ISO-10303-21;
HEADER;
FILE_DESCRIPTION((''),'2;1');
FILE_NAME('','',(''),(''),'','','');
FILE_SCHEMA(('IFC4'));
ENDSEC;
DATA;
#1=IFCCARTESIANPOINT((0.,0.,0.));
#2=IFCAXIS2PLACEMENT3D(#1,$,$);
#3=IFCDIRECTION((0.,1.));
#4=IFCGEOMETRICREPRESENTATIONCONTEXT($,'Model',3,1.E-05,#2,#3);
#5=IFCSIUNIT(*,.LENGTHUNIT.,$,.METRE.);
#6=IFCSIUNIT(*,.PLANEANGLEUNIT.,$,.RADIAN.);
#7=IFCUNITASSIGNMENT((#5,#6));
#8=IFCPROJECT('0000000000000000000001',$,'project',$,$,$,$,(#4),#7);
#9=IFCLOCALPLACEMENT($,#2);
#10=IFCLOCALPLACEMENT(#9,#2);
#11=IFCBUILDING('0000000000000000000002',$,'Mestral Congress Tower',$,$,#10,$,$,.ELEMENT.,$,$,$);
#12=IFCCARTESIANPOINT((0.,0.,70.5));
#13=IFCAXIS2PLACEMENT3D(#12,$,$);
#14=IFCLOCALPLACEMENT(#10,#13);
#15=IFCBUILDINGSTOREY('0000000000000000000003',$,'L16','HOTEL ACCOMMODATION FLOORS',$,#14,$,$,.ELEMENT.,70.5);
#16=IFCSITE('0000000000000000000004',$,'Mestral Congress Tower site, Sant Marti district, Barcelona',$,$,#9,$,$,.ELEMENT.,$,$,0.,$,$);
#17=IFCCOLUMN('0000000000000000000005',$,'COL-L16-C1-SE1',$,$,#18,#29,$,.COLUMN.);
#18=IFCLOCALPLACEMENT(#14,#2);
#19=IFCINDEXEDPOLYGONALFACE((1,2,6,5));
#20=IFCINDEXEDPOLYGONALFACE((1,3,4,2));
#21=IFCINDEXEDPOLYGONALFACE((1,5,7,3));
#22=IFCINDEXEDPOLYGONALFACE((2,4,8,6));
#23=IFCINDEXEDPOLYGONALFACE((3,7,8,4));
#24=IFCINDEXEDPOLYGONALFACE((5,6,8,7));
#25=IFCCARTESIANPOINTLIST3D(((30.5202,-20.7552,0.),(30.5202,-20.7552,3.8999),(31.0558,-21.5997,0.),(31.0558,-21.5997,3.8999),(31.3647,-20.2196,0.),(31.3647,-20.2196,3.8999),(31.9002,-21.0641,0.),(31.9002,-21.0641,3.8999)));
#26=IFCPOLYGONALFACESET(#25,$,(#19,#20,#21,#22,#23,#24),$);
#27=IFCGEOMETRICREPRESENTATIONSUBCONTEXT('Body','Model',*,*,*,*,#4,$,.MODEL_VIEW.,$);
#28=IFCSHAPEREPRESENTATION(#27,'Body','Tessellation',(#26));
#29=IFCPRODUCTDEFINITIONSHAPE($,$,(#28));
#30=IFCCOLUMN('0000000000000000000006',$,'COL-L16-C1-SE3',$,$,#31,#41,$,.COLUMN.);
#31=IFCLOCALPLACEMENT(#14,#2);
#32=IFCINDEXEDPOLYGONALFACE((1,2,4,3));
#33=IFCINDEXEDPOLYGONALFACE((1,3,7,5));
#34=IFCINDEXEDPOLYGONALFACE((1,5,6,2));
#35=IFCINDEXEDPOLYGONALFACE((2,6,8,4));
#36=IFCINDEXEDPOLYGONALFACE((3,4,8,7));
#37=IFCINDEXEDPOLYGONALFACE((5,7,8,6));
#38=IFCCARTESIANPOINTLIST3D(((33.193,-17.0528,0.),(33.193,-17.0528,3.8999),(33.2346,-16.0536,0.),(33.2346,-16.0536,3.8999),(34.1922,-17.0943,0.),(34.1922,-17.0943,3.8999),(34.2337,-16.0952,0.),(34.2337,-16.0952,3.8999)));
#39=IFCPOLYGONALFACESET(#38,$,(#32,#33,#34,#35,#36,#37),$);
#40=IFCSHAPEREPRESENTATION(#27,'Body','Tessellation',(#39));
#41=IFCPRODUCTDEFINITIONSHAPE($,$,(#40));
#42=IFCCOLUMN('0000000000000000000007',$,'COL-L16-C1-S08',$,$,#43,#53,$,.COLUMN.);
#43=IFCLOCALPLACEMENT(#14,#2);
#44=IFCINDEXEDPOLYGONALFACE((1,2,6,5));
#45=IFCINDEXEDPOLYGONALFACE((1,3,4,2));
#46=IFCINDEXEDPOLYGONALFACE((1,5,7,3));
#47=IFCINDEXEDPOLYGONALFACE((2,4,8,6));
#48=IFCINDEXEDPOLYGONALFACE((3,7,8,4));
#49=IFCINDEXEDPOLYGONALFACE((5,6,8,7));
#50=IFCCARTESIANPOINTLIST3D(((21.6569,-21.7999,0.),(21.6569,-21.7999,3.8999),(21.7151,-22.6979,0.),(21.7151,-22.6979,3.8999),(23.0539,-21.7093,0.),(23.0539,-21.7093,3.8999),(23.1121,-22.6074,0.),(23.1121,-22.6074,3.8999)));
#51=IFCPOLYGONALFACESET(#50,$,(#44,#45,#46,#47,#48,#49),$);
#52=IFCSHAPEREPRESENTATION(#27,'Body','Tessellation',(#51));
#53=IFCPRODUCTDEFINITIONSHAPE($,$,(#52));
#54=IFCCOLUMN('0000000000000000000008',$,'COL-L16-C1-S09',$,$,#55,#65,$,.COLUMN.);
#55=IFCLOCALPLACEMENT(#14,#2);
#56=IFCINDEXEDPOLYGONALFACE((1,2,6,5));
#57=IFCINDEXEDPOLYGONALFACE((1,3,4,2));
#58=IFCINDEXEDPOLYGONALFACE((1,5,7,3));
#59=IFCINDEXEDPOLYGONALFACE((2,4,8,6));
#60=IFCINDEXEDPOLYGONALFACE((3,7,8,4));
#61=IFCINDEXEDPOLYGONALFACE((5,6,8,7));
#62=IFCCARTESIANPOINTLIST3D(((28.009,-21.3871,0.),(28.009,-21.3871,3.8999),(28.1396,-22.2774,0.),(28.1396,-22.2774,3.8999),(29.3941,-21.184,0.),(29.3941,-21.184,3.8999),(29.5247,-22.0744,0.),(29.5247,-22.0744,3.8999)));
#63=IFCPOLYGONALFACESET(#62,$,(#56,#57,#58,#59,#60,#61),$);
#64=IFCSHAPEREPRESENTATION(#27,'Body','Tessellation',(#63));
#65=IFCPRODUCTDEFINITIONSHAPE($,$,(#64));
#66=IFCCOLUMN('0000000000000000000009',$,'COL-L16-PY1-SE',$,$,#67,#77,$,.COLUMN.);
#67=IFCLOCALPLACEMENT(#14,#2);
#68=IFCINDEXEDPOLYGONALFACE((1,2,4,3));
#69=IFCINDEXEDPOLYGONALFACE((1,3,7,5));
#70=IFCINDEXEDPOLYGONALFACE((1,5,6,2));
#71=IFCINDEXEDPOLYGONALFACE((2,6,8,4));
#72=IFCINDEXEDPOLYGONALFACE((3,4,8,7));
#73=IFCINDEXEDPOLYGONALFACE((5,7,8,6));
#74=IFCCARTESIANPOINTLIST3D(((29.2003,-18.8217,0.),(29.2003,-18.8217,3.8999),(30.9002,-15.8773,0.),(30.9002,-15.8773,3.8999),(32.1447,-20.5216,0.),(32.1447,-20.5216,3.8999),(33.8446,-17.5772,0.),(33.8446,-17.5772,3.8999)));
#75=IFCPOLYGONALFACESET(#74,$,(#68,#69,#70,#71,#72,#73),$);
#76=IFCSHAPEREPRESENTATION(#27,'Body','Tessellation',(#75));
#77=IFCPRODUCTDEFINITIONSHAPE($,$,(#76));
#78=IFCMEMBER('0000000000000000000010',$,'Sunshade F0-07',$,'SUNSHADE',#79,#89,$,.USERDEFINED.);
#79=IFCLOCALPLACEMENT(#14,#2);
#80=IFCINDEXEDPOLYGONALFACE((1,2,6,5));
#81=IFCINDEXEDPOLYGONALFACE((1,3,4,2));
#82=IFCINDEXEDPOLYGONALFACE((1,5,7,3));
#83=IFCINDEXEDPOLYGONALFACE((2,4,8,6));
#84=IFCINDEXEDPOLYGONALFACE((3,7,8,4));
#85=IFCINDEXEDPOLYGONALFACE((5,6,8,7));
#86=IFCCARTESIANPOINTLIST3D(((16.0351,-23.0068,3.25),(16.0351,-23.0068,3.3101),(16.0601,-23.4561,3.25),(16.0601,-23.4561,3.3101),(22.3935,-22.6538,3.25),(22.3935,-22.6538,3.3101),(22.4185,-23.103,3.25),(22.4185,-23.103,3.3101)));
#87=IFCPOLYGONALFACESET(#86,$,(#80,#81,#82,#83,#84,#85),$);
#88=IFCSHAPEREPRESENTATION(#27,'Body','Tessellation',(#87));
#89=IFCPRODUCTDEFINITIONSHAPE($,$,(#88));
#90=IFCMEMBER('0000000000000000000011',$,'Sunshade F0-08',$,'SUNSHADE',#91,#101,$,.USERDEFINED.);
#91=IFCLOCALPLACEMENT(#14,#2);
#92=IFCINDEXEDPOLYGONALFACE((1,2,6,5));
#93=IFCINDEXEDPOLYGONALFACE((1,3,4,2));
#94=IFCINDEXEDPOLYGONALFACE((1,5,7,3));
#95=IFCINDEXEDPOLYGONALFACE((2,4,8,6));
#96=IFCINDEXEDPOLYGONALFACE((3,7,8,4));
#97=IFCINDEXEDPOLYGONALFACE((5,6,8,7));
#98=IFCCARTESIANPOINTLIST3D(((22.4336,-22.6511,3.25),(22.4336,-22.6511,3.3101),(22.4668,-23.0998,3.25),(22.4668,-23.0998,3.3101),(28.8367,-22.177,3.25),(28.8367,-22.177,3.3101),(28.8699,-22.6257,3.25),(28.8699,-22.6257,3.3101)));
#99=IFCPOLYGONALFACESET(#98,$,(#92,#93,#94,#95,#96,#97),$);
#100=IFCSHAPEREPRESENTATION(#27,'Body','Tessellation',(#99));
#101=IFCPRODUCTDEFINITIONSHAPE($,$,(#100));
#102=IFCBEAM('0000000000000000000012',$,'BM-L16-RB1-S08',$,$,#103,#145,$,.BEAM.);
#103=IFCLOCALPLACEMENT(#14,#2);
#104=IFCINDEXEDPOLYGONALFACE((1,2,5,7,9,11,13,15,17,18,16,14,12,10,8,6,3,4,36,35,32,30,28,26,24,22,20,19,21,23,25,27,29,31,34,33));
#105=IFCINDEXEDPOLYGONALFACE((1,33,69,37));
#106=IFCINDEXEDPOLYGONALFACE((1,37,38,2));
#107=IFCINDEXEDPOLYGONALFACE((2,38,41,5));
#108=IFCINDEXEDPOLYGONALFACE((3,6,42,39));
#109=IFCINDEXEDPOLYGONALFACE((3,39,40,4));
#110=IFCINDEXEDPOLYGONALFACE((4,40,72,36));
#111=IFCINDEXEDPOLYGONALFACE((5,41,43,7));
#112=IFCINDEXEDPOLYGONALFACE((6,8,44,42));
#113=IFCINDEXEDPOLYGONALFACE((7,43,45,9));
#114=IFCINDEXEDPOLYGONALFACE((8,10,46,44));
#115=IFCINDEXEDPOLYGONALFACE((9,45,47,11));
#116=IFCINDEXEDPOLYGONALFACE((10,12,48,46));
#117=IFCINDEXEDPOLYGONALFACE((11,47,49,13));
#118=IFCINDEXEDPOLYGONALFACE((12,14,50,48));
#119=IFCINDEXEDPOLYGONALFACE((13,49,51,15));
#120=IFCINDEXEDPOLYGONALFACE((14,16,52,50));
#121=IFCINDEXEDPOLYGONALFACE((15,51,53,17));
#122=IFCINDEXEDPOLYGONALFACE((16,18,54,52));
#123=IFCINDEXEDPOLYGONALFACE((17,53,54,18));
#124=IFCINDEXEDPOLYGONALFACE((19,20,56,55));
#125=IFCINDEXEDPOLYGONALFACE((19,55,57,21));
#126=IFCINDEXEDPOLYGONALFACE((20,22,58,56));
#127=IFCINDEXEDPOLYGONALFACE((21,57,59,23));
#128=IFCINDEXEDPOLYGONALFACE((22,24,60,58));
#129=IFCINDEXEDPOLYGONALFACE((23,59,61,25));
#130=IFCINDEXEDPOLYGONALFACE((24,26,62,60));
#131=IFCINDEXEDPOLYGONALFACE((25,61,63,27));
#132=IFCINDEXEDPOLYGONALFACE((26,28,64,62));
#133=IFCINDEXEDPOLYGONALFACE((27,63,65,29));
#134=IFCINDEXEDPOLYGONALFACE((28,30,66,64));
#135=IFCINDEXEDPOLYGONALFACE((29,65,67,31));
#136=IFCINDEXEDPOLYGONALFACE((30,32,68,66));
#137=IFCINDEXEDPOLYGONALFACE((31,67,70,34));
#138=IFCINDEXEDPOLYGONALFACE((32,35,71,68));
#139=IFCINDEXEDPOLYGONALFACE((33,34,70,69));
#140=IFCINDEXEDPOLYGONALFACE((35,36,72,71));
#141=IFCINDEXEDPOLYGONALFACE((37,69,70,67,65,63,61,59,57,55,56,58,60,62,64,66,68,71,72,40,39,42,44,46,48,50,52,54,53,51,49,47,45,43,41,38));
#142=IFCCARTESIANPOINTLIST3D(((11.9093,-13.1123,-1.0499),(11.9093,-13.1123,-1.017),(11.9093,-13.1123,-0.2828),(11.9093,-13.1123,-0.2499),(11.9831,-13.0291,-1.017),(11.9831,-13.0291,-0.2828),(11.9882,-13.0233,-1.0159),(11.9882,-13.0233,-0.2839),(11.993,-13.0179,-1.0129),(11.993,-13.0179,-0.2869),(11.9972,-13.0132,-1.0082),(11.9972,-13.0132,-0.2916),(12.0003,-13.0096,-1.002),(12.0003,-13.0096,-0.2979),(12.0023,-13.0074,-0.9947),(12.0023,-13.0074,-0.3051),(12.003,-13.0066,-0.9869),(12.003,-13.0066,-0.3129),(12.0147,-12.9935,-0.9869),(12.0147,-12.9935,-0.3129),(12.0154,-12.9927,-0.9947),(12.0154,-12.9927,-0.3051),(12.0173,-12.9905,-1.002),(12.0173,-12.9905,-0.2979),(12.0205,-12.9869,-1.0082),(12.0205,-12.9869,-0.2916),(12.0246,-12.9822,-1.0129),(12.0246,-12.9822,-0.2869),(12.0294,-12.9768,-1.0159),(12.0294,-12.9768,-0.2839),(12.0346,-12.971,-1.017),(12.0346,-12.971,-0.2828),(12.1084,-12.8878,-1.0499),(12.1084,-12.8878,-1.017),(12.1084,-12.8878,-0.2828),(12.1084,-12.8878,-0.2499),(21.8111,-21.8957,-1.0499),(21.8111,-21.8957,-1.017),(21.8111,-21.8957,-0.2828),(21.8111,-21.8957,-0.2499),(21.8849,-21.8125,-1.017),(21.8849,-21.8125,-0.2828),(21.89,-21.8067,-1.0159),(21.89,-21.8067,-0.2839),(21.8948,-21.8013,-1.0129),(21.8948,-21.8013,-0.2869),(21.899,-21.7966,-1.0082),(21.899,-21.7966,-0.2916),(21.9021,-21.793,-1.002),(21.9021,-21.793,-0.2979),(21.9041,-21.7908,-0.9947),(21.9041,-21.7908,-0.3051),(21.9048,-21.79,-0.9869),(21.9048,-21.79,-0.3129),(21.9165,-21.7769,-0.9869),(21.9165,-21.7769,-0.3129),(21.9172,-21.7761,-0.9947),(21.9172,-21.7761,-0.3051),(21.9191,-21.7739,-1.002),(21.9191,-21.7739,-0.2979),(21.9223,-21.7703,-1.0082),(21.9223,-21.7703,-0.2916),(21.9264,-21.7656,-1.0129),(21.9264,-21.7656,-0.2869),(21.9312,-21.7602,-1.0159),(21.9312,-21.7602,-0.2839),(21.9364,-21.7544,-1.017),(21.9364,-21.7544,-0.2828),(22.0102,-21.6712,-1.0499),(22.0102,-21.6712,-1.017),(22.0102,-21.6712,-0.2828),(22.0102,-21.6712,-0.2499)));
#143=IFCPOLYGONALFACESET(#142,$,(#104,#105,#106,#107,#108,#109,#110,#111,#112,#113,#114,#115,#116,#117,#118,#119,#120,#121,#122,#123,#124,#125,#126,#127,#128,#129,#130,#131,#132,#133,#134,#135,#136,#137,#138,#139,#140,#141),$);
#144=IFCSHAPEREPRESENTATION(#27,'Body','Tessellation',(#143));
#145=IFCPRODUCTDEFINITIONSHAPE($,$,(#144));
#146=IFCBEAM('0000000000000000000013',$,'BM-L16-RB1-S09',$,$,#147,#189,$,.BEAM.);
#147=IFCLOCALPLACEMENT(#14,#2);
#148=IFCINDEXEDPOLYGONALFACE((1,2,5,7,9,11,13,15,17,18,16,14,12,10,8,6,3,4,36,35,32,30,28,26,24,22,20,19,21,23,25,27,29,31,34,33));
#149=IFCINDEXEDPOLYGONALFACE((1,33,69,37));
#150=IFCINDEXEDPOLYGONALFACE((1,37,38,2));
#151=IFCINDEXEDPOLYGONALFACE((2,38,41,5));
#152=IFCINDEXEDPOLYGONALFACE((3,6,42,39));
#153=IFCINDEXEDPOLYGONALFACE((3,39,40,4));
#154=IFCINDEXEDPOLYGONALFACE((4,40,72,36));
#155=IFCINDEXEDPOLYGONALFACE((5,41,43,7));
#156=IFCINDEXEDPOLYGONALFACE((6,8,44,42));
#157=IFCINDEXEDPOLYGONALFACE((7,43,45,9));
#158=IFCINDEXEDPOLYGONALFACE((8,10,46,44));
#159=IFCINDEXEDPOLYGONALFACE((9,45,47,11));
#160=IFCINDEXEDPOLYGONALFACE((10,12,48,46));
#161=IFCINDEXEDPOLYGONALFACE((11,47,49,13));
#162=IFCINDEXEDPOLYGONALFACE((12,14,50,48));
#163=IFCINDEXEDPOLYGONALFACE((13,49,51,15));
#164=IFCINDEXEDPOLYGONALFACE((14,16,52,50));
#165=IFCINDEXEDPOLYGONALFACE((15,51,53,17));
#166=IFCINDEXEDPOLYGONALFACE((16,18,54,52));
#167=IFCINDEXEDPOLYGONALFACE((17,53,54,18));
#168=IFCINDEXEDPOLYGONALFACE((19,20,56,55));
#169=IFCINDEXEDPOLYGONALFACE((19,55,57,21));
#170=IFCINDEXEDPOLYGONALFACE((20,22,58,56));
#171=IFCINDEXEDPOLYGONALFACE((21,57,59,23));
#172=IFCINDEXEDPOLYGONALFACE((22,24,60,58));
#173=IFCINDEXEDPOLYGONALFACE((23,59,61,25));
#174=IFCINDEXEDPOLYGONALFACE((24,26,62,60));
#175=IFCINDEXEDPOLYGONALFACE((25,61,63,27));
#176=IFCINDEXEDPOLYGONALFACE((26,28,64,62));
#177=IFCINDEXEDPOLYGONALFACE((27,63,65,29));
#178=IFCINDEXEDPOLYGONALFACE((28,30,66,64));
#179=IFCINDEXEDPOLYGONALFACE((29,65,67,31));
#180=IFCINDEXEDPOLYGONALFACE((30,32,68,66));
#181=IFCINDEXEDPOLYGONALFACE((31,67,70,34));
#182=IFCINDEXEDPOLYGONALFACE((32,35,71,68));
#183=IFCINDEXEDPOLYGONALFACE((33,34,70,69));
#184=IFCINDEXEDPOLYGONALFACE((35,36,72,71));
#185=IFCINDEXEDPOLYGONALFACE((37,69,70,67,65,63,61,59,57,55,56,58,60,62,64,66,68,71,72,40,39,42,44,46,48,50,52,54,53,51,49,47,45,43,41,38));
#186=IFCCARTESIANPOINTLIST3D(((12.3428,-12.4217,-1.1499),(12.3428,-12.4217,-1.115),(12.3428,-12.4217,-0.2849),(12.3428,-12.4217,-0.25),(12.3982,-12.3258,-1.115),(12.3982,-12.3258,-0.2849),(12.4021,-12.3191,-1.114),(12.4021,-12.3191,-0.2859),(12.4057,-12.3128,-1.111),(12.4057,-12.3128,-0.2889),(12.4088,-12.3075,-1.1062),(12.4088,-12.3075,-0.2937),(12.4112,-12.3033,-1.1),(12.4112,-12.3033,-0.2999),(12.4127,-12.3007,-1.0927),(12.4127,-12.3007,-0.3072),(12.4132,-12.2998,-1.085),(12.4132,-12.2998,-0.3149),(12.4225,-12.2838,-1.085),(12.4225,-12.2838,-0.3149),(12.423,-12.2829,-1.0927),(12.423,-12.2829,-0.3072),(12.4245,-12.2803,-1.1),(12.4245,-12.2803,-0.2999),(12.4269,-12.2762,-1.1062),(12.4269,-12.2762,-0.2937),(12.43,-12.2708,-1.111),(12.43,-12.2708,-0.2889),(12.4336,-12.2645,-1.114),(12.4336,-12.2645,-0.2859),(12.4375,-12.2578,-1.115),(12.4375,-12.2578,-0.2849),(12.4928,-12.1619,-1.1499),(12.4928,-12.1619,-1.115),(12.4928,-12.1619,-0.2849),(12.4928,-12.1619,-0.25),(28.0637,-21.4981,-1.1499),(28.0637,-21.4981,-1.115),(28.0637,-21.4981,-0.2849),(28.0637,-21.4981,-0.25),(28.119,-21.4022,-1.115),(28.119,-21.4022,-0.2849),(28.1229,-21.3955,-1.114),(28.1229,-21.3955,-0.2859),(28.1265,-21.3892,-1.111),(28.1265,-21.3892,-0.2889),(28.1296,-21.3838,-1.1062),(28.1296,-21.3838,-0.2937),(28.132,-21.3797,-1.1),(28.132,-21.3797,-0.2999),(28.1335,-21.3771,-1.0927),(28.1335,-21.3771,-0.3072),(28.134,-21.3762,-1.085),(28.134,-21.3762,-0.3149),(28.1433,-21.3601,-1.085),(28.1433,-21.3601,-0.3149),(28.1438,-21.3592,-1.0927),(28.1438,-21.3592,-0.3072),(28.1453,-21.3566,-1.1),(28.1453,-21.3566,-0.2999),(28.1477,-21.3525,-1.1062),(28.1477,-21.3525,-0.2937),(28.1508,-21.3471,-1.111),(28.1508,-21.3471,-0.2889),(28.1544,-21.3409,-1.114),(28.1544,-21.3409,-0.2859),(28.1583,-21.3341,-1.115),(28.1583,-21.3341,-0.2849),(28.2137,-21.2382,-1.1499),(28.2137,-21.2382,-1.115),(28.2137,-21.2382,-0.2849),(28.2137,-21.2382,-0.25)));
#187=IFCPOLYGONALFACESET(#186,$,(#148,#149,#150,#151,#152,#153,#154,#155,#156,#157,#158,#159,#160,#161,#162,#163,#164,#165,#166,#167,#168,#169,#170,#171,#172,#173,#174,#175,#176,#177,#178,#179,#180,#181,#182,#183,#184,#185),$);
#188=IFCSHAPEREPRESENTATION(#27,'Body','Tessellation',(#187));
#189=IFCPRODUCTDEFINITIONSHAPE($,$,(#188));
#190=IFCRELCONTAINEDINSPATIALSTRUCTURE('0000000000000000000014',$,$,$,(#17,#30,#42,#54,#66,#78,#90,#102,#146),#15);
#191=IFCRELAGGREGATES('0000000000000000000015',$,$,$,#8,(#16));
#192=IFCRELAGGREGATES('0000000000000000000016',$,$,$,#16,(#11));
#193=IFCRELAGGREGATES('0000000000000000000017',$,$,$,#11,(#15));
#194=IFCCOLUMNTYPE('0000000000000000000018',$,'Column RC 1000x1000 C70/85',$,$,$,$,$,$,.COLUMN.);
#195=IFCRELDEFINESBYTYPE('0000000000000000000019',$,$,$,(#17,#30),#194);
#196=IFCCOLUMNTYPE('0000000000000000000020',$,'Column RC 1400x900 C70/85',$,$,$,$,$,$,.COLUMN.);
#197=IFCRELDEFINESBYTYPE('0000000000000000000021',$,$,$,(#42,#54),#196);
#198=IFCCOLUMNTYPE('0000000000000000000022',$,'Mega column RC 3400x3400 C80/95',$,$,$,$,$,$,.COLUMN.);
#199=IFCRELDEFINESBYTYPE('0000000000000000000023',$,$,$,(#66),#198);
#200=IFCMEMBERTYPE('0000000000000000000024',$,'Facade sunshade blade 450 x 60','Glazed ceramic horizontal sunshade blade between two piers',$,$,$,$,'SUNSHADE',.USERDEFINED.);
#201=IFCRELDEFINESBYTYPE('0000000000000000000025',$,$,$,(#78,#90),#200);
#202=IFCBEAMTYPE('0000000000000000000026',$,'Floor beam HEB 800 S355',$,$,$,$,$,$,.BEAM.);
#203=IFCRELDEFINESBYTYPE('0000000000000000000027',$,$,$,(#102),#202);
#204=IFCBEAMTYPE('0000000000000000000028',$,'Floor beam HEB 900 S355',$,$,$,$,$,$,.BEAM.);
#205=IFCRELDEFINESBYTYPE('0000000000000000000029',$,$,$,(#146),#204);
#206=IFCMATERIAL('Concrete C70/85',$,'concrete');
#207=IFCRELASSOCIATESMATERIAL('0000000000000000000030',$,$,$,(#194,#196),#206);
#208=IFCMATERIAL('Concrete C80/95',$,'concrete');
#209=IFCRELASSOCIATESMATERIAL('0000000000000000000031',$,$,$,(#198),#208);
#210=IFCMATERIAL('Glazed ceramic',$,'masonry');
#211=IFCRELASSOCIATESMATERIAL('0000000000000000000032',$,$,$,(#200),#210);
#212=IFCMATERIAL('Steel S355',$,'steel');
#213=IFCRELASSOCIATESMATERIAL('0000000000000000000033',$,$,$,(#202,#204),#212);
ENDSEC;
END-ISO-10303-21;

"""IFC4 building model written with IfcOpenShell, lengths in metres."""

from ifc_helpers import new_model, si_unit, direction, frame, origin, origin_2d, place, context, subcontext, project, spatial, rectangle, i_section, extrude, material, material_profile, profile_set, type_object, element, save


model = new_model("IFC4")

# Units and contexts
model_context = context("Model", 3, precision=1e-05, world=origin(), true_north=direction((0.0, 1.0)))
body_context = subcontext(model_context, "Body", "Model", "MODEL_VIEW")
ifc_project = project(units=[si_unit("LENGTHUNIT", "METRE"), si_unit("PLANEANGLEUNIT", "RADIAN")], contexts=[model_context])

# Site, building, storey
site_placement = place(None, origin())
site = spatial("IfcSite", under=ifc_project, at=site_placement, Name="Mestral Congress Tower site, Sant Marti district, Barcelona", CompositionType="ELEMENT", RefElevation=0.0)
building_placement = place(site_placement, origin())
building = spatial("IfcBuilding", under=site, at=building_placement, Name="Mestral Congress Tower", CompositionType="ELEMENT")
storey_placement = place(building_placement, frame((0.0, 0.0, 70.5)))
storey = spatial("IfcBuildingStorey", under=building, at=storey_placement, Name="L16", Description="HOTEL ACCOMMODATION FLOORS", CompositionType="ELEMENT", Elevation=70.5)

# Columns
ifc_material_1 = material(Name="Concrete C70/85", Category="concrete")
ifc_material_profile_1 = material_profile(ifc_material_1, rectangle(XDim=1.0, YDim=1.0, at=origin_2d()), Name="RC 1000x1000")
ifc_profile_set_1 = profile_set([ifc_material_profile_1], Name="Concrete C70/85")
column_type_1 = type_object("IfcColumnType", Name="Column RC 1000x1000 C70/85", PredefinedType="COLUMN", material=ifc_profile_set_1)
for number, where, z_axis, x_axis, name in (
    (1, (31.2102, -20.9097, 0.0), (0.0, 0.0, 1.0), (0.844485, 0.535579, 0.0), "COL-L16-C1-SE1"),
    (2, (33.7134, -16.574, 0.0), (0.0, 0.0, 1.0), (0.041583, 0.999135, 0.0), "COL-L16-C1-SE3"),
):
    element("IfcColumn", number, at=place(storey_placement, frame(where, z_axis=z_axis, x_axis=x_axis)), inside=storey, type_object=column_type_1, Name=name, PredefinedType="COLUMN", context=body_context, shape_type="SweptSolid", body=[
        extrude(rectangle(XDim=1.0, YDim=1.0, at=origin_2d()), origin(), (0.0, 0.0, 1.0), 3.8999),
    ])
ifc_material_profile_2 = material_profile(ifc_material_1, rectangle(XDim=1.3999, YDim=0.8999, at=origin_2d()), Name="RC 1400x900")
ifc_profile_set_2 = profile_set([ifc_material_profile_2], Name="Concrete C70/85")
column_type_2 = type_object("IfcColumnType", Name="Column RC 1400x900 C70/85", PredefinedType="COLUMN", material=ifc_profile_set_2)
for number, where, z_axis, x_axis, name in (
    (3, (22.3845, -22.2036, 0.0), (0.0, 0.0, 1.0), (0.997908, 0.064658, 0.0), "COL-L16-C1-S08"),
    (4, (28.7668, -21.7307, 0.0), (0.0, 0.0, 1.0), (0.989424, 0.145056, 0.0), "COL-L16-C1-S09"),
):
    element("IfcColumn", number, at=place(storey_placement, frame(where, z_axis=z_axis, x_axis=x_axis)), inside=storey, type_object=column_type_2, Name=name, PredefinedType="COLUMN", context=body_context, shape_type="SweptSolid", body=[
        extrude(rectangle(XDim=1.3999, YDim=0.8999, at=origin_2d()), origin(), (0.0, 0.0, 1.0), 3.8999),
    ])
ifc_material_2 = material(Name="Concrete C80/95", Category="concrete")
ifc_material_profile_3 = material_profile(ifc_material_2, rectangle(XDim=3.3999, YDim=3.3999, at=origin_2d()), Name="RC 3400x3400")
ifc_profile_set_3 = profile_set([ifc_material_profile_3], Name="Concrete C80/95")
column_type_3 = type_object("IfcColumnType", Name="Mega column RC 3400x3400 C80/95", PredefinedType="COLUMN", material=ifc_profile_set_3)
column_placement = place(storey_placement, frame((31.5225, -18.1995, 0.0), z_axis=(0.0, 0.0, 1.0), x_axis=(0.866025, -0.5, 0.0)))
element("IfcColumn", 5, at=column_placement, inside=storey, type_object=column_type_3, Name="COL-L16-PY1-SE", PredefinedType="COLUMN", context=body_context, shape_type="SweptSolid", body=[
    extrude(rectangle(XDim=3.3999, YDim=3.3999, at=origin_2d()), origin(), (0.0, 0.0, 1.0), 3.8999),
])

# Members
ifc_material_3 = material(Name="Glazed ceramic", Category="masonry")
ifc_material_profile_4 = material_profile(ifc_material_3, rectangle(XDim=0.45, YDim=0.0601, at=origin_2d()), Name="Ceramic blade 450 x 60")
ifc_profile_set_4 = profile_set([ifc_material_profile_4], Name="Glazed ceramic")
member_type = type_object("IfcMemberType", Name="Facade sunshade blade 450 x 60", Description="Glazed ceramic horizontal sunshade blade between two piers", ElementType="SUNSHADE", PredefinedType="USERDEFINED", material=ifc_profile_set_4)
member_1_placement = place(storey_placement, frame((16.0476, -23.2314, 3.28), z_axis=(0.998462, 0.055436, 0.0), x_axis=(-0.055436, 0.998462, 0.0)))
element("IfcMember", 6, at=member_1_placement, inside=storey, type_object=member_type, Name="Sunshade F0-07", ObjectType="SUNSHADE", PredefinedType="USERDEFINED", context=body_context, shape_type="SweptSolid", body=[
    extrude(rectangle(XDim=0.45, YDim=0.0601, at=origin_2d()), origin(), (0.0, 0.0, 1.0), 6.3682),
])
member_2_placement = place(storey_placement, frame((22.4502, -22.8755, 3.28), z_axis=(0.99727, 0.073844, 0.0), x_axis=(-0.073844, 0.99727, 0.0)))
element("IfcMember", 7, at=member_2_placement, inside=storey, type_object=member_type, Name="Sunshade F0-08", ObjectType="SUNSHADE", PredefinedType="USERDEFINED", context=body_context, shape_type="SweptSolid", body=[
    extrude(rectangle(XDim=0.45, YDim=0.0601, at=origin_2d()), origin(), (0.0, 0.0, 1.0), 6.4207),
])

# Beams
ifc_material_4 = material(Name="Steel S355", Category="steel")
ifc_material_profile_5 = material_profile(ifc_material_4, i_section(OverallWidth=0.3, OverallDepth=0.8, WebThickness=0.0176, FlangeThickness=0.033, FilletRadius=0.03, at=origin_2d()), Name="HEB 800")
ifc_profile_set_5 = profile_set([ifc_material_profile_5], Name="Steel S355")
beam_type_1 = type_object("IfcBeamType", Name="Floor beam HEB 800 S355", PredefinedType="BEAM", material=ifc_profile_set_5)
beam_1_placement = place(storey_placement, frame((21.9106, -21.7834, -0.6499), z_axis=(-0.748092, 0.663595, 0.0), x_axis=(-0.663595, -0.748092, 0.0)))
element("IfcBeam", 8, at=beam_1_placement, inside=storey, type_object=beam_type_1, Name="BM-L16-RB1-S08", PredefinedType="BEAM", context=body_context, shape_type="SweptSolid", body=[
    extrude(i_section(OverallWidth=0.3, OverallDepth=0.8, WebThickness=0.0176, FlangeThickness=0.033, FilletRadius=0.03, at=origin_2d()), origin(), (0.0, 0.0, 1.0), 13.2361),
])
ifc_material_profile_6 = material_profile(ifc_material_4, i_section(OverallWidth=0.3, OverallDepth=0.8999, WebThickness=0.0186, FlangeThickness=0.0349, FilletRadius=0.03, at=origin_2d()), Name="HEB 900")
ifc_profile_set_6 = profile_set([ifc_material_profile_6], Name="Steel S355")
beam_type_2 = type_object("IfcBeamType", Name="Floor beam HEB 900 S355", PredefinedType="BEAM", material=ifc_profile_set_6)
beam_2_placement = place(storey_placement, frame((28.1387, -21.3682, -0.7), z_axis=(-0.866027, 0.499997, 0.0), x_axis=(-0.499997, -0.866027, 0.0)))
element("IfcBeam", 9, at=beam_2_placement, inside=storey, type_object=beam_type_2, Name="BM-L16-RB1-S09", PredefinedType="BEAM", context=body_context, shape_type="SweptSolid", body=[
    extrude(i_section(OverallWidth=0.3, OverallDepth=0.8999, WebThickness=0.0186, FlangeThickness=0.0349, FilletRadius=0.03, at=origin_2d()), origin(), (0.0, 0.0, 1.0), 18.1528),
])

save(model, "model.ifc")
